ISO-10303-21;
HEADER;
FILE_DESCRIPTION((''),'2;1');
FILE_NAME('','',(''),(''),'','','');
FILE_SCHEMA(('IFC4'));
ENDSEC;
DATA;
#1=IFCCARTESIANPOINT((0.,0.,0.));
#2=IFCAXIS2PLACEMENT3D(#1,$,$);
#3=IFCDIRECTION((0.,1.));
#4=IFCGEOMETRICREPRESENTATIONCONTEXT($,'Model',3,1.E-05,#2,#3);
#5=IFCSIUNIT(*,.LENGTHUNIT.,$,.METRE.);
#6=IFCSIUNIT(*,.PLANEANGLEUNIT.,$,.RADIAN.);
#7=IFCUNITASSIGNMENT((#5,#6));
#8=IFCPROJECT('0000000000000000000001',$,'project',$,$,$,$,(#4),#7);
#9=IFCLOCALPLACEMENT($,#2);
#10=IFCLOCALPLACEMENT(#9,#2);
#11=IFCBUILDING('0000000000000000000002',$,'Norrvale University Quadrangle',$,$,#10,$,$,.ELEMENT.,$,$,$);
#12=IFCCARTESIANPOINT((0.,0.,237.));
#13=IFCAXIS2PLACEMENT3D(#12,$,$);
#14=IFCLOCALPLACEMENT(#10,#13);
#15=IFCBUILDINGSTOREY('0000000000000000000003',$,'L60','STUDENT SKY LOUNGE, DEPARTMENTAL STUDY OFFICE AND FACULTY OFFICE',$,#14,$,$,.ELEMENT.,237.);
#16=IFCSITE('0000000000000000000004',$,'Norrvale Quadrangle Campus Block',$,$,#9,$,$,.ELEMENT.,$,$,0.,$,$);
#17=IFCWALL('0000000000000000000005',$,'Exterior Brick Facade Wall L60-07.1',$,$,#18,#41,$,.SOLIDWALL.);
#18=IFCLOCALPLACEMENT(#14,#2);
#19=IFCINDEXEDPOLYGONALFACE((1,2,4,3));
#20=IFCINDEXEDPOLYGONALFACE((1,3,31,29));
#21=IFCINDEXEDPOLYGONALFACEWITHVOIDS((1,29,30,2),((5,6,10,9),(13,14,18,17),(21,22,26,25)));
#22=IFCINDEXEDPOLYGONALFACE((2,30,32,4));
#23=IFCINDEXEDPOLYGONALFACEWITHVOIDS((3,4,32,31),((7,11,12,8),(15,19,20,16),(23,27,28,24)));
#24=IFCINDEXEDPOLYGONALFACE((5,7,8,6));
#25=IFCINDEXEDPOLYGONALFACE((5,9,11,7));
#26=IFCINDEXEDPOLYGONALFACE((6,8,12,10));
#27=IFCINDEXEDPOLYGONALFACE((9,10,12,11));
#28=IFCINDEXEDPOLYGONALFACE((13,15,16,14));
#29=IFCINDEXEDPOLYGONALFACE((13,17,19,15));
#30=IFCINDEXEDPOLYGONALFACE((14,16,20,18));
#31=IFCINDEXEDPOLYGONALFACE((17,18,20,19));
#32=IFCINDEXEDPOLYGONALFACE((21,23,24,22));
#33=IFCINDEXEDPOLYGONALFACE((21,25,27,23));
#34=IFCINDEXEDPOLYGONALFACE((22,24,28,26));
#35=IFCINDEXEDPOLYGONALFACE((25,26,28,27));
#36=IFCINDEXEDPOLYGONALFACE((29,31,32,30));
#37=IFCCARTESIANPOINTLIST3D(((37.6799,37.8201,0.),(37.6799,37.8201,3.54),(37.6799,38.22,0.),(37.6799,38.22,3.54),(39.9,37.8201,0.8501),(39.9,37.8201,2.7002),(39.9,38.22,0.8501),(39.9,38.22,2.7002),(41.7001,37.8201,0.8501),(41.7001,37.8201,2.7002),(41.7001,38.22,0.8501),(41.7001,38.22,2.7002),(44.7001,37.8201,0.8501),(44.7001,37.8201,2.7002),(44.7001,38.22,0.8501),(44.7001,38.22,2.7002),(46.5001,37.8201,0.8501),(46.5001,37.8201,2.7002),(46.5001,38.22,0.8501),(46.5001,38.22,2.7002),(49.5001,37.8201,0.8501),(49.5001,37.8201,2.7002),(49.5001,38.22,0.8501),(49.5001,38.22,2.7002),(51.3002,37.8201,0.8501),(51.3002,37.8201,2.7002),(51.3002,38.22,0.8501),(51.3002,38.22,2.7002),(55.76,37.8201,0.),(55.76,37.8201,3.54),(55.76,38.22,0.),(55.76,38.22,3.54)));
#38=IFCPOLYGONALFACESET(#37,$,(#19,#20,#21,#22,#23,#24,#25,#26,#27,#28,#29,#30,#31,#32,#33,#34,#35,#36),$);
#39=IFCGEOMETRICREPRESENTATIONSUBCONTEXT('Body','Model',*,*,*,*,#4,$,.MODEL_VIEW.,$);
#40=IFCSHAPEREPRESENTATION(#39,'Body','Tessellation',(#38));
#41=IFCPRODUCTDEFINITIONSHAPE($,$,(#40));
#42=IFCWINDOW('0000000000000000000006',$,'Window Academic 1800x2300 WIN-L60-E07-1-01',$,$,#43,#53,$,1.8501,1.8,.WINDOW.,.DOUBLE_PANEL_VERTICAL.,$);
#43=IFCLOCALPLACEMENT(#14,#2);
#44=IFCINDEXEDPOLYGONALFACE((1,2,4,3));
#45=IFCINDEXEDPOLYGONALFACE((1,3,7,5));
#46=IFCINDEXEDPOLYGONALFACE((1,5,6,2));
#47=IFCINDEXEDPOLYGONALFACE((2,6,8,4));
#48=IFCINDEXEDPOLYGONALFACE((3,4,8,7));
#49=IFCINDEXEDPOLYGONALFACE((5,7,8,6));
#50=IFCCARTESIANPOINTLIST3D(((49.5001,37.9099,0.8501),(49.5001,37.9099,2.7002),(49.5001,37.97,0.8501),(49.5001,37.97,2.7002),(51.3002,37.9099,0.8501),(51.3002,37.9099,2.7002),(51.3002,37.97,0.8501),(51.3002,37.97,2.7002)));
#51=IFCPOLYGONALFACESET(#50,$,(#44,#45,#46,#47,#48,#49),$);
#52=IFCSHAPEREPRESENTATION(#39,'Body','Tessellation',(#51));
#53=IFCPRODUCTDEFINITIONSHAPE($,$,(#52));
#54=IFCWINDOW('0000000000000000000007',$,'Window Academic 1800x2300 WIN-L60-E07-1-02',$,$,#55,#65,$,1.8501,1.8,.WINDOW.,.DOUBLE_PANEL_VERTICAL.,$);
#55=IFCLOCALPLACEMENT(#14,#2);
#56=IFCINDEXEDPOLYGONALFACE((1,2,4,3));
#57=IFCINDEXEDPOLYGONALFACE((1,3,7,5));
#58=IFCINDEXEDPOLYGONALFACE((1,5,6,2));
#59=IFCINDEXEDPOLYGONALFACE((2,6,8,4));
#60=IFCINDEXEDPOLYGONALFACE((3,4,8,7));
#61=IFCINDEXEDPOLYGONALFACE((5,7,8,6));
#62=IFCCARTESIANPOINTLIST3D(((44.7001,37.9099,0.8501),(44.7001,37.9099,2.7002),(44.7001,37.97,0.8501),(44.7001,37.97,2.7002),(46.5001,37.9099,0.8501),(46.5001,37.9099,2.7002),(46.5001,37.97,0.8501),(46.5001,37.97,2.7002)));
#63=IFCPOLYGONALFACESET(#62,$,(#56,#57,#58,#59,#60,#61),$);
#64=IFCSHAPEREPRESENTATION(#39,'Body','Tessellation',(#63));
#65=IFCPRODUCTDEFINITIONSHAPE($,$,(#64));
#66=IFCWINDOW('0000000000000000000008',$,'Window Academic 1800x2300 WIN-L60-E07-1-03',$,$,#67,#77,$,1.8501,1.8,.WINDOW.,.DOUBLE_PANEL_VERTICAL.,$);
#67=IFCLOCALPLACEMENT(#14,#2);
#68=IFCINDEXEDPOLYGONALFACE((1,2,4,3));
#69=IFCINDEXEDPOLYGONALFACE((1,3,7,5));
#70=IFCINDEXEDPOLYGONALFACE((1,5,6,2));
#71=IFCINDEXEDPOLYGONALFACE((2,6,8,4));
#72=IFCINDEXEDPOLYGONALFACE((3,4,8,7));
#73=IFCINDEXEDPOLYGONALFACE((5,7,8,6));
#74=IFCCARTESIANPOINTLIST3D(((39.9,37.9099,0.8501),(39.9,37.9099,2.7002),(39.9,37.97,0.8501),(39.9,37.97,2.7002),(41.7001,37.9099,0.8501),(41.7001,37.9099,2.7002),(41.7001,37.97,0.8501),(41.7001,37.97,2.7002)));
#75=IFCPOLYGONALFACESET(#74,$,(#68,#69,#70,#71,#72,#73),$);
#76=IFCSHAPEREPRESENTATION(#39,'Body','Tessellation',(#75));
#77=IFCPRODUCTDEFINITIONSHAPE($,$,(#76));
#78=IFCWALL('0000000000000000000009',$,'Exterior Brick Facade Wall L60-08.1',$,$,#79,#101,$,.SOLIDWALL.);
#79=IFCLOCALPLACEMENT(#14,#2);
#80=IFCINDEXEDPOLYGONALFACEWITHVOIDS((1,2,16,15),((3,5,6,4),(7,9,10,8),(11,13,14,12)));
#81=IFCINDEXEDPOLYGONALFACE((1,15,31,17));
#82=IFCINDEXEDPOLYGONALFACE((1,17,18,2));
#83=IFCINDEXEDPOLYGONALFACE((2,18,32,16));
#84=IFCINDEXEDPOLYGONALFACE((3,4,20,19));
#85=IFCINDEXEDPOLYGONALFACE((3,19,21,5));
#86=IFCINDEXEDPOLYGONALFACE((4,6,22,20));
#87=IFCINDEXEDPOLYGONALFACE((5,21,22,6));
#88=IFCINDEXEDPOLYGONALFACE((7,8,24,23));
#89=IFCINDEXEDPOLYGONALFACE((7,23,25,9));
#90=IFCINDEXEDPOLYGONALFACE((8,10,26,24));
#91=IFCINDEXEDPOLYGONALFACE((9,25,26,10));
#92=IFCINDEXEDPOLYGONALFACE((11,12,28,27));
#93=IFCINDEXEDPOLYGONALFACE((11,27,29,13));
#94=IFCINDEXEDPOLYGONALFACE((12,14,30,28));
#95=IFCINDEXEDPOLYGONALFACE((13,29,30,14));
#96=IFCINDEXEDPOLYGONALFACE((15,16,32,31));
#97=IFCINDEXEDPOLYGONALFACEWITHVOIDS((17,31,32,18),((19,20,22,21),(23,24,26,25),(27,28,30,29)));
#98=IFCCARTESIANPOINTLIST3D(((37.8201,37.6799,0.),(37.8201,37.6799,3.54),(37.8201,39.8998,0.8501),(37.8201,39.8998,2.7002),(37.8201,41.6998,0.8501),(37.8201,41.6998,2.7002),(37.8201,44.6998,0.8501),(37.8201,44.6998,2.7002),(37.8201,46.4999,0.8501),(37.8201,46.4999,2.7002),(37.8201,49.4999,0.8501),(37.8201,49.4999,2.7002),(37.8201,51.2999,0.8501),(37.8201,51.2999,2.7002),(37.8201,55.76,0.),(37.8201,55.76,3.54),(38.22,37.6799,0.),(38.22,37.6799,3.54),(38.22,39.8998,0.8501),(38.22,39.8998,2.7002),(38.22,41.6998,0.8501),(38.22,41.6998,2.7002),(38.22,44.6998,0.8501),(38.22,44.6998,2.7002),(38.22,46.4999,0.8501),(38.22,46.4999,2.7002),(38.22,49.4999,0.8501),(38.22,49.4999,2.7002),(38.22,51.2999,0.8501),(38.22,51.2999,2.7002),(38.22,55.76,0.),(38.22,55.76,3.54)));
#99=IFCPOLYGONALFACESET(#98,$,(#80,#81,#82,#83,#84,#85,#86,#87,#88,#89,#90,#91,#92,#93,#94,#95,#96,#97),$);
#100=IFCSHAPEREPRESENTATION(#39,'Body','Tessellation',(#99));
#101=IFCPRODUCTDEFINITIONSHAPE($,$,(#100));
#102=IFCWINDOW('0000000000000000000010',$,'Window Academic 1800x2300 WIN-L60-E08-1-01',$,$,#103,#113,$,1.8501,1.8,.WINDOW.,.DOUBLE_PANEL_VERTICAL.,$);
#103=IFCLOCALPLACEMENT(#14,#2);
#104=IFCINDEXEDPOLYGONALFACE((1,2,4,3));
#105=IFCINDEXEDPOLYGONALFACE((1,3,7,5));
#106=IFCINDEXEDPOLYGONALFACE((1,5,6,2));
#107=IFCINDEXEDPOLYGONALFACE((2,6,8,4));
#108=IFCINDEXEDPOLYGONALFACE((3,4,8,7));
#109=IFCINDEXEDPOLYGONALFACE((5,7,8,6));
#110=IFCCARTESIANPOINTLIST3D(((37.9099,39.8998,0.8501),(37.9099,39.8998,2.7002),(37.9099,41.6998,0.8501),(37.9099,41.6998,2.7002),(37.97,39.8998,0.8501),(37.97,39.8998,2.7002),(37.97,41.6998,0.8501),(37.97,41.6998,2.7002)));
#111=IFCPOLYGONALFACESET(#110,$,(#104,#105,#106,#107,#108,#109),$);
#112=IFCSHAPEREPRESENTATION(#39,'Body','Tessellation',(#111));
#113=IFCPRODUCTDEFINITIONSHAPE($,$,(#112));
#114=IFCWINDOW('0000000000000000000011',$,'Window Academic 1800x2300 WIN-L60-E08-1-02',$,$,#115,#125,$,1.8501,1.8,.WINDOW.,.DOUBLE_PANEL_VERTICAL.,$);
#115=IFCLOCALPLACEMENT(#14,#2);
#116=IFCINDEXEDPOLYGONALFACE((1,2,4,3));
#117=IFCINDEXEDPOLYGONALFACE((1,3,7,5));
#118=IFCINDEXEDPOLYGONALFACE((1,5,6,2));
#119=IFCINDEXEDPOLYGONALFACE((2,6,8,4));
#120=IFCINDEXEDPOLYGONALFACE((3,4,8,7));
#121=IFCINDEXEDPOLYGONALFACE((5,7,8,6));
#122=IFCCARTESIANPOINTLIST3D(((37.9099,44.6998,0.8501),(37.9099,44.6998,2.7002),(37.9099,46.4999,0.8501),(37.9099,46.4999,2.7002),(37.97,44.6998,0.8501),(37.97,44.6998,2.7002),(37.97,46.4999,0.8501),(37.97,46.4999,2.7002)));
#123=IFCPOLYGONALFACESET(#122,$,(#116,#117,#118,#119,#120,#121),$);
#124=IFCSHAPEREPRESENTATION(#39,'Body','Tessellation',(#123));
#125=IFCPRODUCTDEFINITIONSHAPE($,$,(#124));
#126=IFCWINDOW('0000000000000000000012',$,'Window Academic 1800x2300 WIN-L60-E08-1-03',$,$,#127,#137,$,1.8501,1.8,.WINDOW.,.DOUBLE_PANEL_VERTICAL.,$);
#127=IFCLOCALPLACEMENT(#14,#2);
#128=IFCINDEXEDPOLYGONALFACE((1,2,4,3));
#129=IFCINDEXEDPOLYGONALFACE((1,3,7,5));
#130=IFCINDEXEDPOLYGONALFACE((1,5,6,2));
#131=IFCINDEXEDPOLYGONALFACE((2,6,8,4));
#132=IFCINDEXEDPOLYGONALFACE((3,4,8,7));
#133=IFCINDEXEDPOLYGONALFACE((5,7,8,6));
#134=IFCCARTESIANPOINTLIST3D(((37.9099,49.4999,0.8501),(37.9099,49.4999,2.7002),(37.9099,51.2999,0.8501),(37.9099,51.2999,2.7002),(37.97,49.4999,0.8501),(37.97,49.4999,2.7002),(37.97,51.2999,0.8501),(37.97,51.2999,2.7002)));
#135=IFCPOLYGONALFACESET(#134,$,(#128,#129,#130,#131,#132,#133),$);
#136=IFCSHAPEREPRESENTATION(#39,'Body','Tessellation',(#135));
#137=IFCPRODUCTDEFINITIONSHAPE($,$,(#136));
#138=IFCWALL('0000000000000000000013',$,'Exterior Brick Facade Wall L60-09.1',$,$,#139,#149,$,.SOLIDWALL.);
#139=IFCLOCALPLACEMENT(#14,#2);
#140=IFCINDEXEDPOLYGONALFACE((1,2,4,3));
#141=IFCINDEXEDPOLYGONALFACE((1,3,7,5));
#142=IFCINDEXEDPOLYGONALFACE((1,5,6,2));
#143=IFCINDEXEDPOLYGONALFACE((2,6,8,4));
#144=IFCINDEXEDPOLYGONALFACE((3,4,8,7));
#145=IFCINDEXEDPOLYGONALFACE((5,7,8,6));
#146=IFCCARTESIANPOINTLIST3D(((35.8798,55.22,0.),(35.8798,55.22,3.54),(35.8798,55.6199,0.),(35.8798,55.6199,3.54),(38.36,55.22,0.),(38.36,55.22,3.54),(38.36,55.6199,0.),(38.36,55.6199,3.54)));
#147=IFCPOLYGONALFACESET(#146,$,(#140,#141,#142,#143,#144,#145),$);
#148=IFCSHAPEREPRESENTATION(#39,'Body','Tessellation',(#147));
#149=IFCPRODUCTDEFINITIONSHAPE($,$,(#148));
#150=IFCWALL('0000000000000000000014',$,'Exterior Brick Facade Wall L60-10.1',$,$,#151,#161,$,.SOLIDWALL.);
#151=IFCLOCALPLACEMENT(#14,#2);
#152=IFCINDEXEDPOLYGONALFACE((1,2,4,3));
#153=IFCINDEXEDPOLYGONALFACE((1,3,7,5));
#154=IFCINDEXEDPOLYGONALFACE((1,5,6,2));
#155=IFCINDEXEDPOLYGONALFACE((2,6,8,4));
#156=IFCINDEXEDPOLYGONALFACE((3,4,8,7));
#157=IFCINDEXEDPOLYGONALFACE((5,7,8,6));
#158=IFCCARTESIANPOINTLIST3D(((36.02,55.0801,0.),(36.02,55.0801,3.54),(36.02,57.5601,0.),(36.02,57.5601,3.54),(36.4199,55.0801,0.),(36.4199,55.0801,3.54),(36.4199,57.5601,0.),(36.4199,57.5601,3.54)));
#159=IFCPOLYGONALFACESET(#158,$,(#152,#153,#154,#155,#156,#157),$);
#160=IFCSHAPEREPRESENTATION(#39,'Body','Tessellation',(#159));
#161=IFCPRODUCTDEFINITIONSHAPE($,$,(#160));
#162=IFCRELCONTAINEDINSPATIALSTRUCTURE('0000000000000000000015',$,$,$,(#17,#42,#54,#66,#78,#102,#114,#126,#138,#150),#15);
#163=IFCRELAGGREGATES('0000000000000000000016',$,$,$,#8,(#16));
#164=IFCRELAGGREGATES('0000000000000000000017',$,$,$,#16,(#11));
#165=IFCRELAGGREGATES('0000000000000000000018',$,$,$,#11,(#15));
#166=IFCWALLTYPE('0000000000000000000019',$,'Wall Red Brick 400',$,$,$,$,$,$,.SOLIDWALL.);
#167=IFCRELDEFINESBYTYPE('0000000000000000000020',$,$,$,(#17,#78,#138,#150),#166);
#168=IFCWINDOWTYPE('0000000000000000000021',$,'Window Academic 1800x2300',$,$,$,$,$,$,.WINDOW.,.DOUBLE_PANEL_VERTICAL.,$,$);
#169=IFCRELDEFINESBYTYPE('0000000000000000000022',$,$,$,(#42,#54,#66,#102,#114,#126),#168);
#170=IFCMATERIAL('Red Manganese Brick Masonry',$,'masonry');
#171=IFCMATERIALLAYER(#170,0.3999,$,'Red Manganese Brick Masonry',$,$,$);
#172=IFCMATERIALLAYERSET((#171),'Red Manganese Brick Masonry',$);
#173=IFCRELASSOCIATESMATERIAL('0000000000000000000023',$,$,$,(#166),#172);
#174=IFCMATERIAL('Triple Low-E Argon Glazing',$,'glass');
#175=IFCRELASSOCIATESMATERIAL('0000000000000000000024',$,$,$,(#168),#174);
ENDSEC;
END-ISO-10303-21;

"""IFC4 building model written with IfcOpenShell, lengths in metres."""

from ifc_helpers import new_model, si_unit, direction, frame, frame_2d, origin, place, context, subcontext, project, spatial, rectangle, extrude, material, layer, layer_set, type_object, element, fill, save


model = new_model("IFC4")

# Units and contexts
model_context = context("Model", 3, precision=1e-05, world=origin(), true_north=direction((0.0, 1.0)))
body_context = subcontext(model_context, "Body", "Model", "MODEL_VIEW")
ifc_project = project(units=[si_unit("LENGTHUNIT", "METRE"), si_unit("PLANEANGLEUNIT", "RADIAN")], contexts=[model_context])

# Site, building, storey
site_placement = place(None, origin())
site = spatial("IfcSite", under=ifc_project, at=site_placement, Name="Norrvale Quadrangle Campus Block", CompositionType="ELEMENT", RefElevation=0.0)
building_placement = place(site_placement, origin())
building = spatial("IfcBuilding", under=site, at=building_placement, Name="Norrvale University Quadrangle", CompositionType="ELEMENT")
storey_placement = place(building_placement, frame((0.0, 0.0, 237.0)))
storey = spatial("IfcBuildingStorey", under=building, at=storey_placement, Name="L60", Description="STUDENT SKY LOUNGE, DEPARTMENTAL STUDY OFFICE AND FACULTY OFFICE", CompositionType="ELEMENT", Elevation=237.0)

# Shared definitions
ifc_material_1 = material(Name="Red Manganese Brick Masonry", Category="masonry")
ifc_layer_1 = layer(ifc_material_1, 0.3999, Name="Red Manganese Brick Masonry")
ifc_layer_set_1 = layer_set([ifc_layer_1], Name="Red Manganese Brick Masonry")
wall_type_1 = type_object("IfcWallType", Name="Wall Red Brick 400", PredefinedType="SOLIDWALL", material=ifc_layer_set_1)

# Walls, openings, windows
wall_1_placement = place(storey_placement, frame((55.76, 38.02, 0.0), z_axis=(0.0, 0.0, 1.0), x_axis=(-1.0, 0.0, 0.0)))
wall_1 = element("IfcWall", 1, at=wall_1_placement, inside=storey, type_object=wall_type_1, Name="Exterior Brick Facade Wall L60-07.1", PredefinedType="SOLIDWALL", context=body_context, shape_type="SweptSolid", body=[
    extrude(rectangle(XDim=18.0801, YDim=0.3999, at=frame_2d((9.04, 0.0))), origin(), (0.0, 0.0, 1.0), 3.54),
])
opening_1_placement = place(wall_1_placement, frame((4.46, 0.0, 0.8501)))
opening_1 = element("IfcOpeningElement", 2, at=opening_1_placement, cuts=wall_1, PredefinedType="OPENING", context=body_context, shape_type="SweptSolid", body=[
    extrude(rectangle(XDim=1.8, YDim=1.8501, at=frame_2d((0.8999, 0.925))), frame((0.0, 0.2119, 0.0), z_axis=(0.0, -1.0, 0.0), x_axis=(1.0, 0.0, 0.0)), (0.0, 0.0, 1.0), 0.4238),
])
opening_2_placement = place(wall_1_placement, frame((9.26, 0.0, 0.8501)))
opening_2 = element("IfcOpeningElement", 3, at=opening_2_placement, cuts=wall_1, PredefinedType="OPENING", context=body_context, shape_type="SweptSolid", body=[
    extrude(rectangle(XDim=1.8, YDim=1.8501, at=frame_2d((0.8999, 0.925))), frame((0.0, 0.2119, 0.0), z_axis=(0.0, -1.0, 0.0), x_axis=(1.0, 0.0, 0.0)), (0.0, 0.0, 1.0), 0.4238),
])
opening_3_placement = place(wall_1_placement, frame((14.0601, 0.0, 0.8501)))
opening_3 = element("IfcOpeningElement", 4, at=opening_3_placement, cuts=wall_1, PredefinedType="OPENING", context=body_context, shape_type="SweptSolid", body=[
    extrude(rectangle(XDim=1.8, YDim=1.8501, at=frame_2d((0.8999, 0.925))), frame((0.0, 0.2119, 0.0), z_axis=(0.0, -1.0, 0.0), x_axis=(1.0, 0.0, 0.0)), (0.0, 0.0, 1.0), 0.4238),
])
ifc_material_2 = material(Name="Triple Low-E Argon Glazing", Category="glass")
window_type_1 = type_object("IfcWindowType", Name="Window Academic 1800x2300", PartitioningType="DOUBLE_PANEL_VERTICAL", PredefinedType="WINDOW", material=ifc_material_2)
window_1_placement = place(opening_1_placement, origin())
window_1 = element("IfcWindow", 5, at=window_1_placement, inside=storey, type_object=window_type_1, Name="Window Academic 1800x2300 WIN-L60-E07-1-01", OverallHeight=1.8501, OverallWidth=1.8, PartitioningType="DOUBLE_PANEL_VERTICAL", PredefinedType="WINDOW", context=body_context, shape_type="SweptSolid", body=[
    extrude(rectangle(XDim=1.8, YDim=1.8501, at=frame_2d((0.8999, 0.925))), frame((0.0, 0.1101, 0.0), z_axis=(0.0, -1.0, 0.0), x_axis=(1.0, 0.0, 0.0)), (0.0, 0.0, 1.0), 0.0601),
])
fill(opening_1, window_1)
window_2_placement = place(opening_2_placement, origin())
window_2 = element("IfcWindow", 6, at=window_2_placement, inside=storey, type_object=window_type_1, Name="Window Academic 1800x2300 WIN-L60-E07-1-02", OverallHeight=1.8501, OverallWidth=1.8, PartitioningType="DOUBLE_PANEL_VERTICAL", PredefinedType="WINDOW", context=body_context, shape_type="SweptSolid", body=[
    extrude(rectangle(XDim=1.8, YDim=1.8501, at=frame_2d((0.8999, 0.925))), frame((0.0, 0.1101, 0.0), z_axis=(0.0, -1.0, 0.0), x_axis=(1.0, 0.0, 0.0)), (0.0, 0.0, 1.0), 0.0601),
])
fill(opening_2, window_2)
window_3_placement = place(opening_3_placement, origin())
window_3 = element("IfcWindow", 7, at=window_3_placement, inside=storey, type_object=window_type_1, Name="Window Academic 1800x2300 WIN-L60-E07-1-03", OverallHeight=1.8501, OverallWidth=1.8, PartitioningType="DOUBLE_PANEL_VERTICAL", PredefinedType="WINDOW", context=body_context, shape_type="SweptSolid", body=[
    extrude(rectangle(XDim=1.8, YDim=1.8501, at=frame_2d((0.8999, 0.925))), frame((0.0, 0.1101, 0.0), z_axis=(0.0, -1.0, 0.0), x_axis=(1.0, 0.0, 0.0)), (0.0, 0.0, 1.0), 0.0601),
])
fill(opening_3, window_3)
wall_2_placement = place(storey_placement, frame((38.02, 37.6799, 0.0), z_axis=(0.0, 0.0, 1.0), x_axis=(0.0, 1.0, 0.0)))
wall_2 = element("IfcWall", 8, at=wall_2_placement, inside=storey, type_object=wall_type_1, Name="Exterior Brick Facade Wall L60-08.1", PredefinedType="SOLIDWALL", context=body_context, shape_type="SweptSolid", body=[
    extrude(rectangle(XDim=18.0801, YDim=0.3999, at=frame_2d((9.04, 0.0))), origin(), (0.0, 0.0, 1.0), 3.54),
])
opening_4_placement = place(wall_2_placement, frame((2.22, 0.0, 0.8501)))
opening_4 = element("IfcOpeningElement", 9, at=opening_4_placement, cuts=wall_2, PredefinedType="OPENING", context=body_context, shape_type="SweptSolid", body=[
    extrude(rectangle(XDim=1.8, YDim=1.8501, at=frame_2d((0.8999, 0.925))), frame((0.0, 0.2119, 0.0), z_axis=(0.0, -1.0, 0.0), x_axis=(1.0, 0.0, 0.0)), (0.0, 0.0, 1.0), 0.4238),
])
opening_5_placement = place(wall_2_placement, frame((7.02, 0.0, 0.8501)))
opening_5 = element("IfcOpeningElement", 10, at=opening_5_placement, cuts=wall_2, PredefinedType="OPENING", context=body_context, shape_type="SweptSolid", body=[
    extrude(rectangle(XDim=1.8, YDim=1.8501, at=frame_2d((0.8999, 0.925))), frame((0.0, 0.2119, 0.0), z_axis=(0.0, -1.0, 0.0), x_axis=(1.0, 0.0, 0.0)), (0.0, 0.0, 1.0), 0.4238),
])
opening_6_placement = place(wall_2_placement, frame((11.8201, 0.0, 0.8501)))
opening_6 = element("IfcOpeningElement", 11, at=opening_6_placement, cuts=wall_2, PredefinedType="OPENING", context=body_context, shape_type="SweptSolid", body=[
    extrude(rectangle(XDim=1.8, YDim=1.8501, at=frame_2d((0.8999, 0.925))), frame((0.0, 0.2119, 0.0), z_axis=(0.0, -1.0, 0.0), x_axis=(1.0, 0.0, 0.0)), (0.0, 0.0, 1.0), 0.4238),
])
window_4_placement = place(opening_4_placement, origin())
window_4 = element("IfcWindow", 12, at=window_4_placement, inside=storey, type_object=window_type_1, Name="Window Academic 1800x2300 WIN-L60-E08-1-01", OverallHeight=1.8501, OverallWidth=1.8, PartitioningType="DOUBLE_PANEL_VERTICAL", PredefinedType="WINDOW", context=body_context, shape_type="SweptSolid", body=[
    extrude(rectangle(XDim=1.8, YDim=1.8501, at=frame_2d((0.8999, 0.925))), frame((0.0, 0.1101, 0.0), z_axis=(0.0, -1.0, 0.0), x_axis=(1.0, 0.0, 0.0)), (0.0, 0.0, 1.0), 0.0601),
])
fill(opening_4, window_4)
window_5_placement = place(opening_5_placement, origin())
window_5 = element("IfcWindow", 13, at=window_5_placement, inside=storey, type_object=window_type_1, Name="Window Academic 1800x2300 WIN-L60-E08-1-02", OverallHeight=1.8501, OverallWidth=1.8, PartitioningType="DOUBLE_PANEL_VERTICAL", PredefinedType="WINDOW", context=body_context, shape_type="SweptSolid", body=[
    extrude(rectangle(XDim=1.8, YDim=1.8501, at=frame_2d((0.8999, 0.925))), frame((0.0, 0.1101, 0.0), z_axis=(0.0, -1.0, 0.0), x_axis=(1.0, 0.0, 0.0)), (0.0, 0.0, 1.0), 0.0601),
])
fill(opening_5, window_5)
window_6_placement = place(opening_6_placement, origin())
window_6 = element("IfcWindow", 14, at=window_6_placement, inside=storey, type_object=window_type_1, Name="Window Academic 1800x2300 WIN-L60-E08-1-03", OverallHeight=1.8501, OverallWidth=1.8, PartitioningType="DOUBLE_PANEL_VERTICAL", PredefinedType="WINDOW", context=body_context, shape_type="SweptSolid", body=[
    extrude(rectangle(XDim=1.8, YDim=1.8501, at=frame_2d((0.8999, 0.925))), frame((0.0, 0.1101, 0.0), z_axis=(0.0, -1.0, 0.0), x_axis=(1.0, 0.0, 0.0)), (0.0, 0.0, 1.0), 0.0601),
])
fill(opening_6, window_6)

# Walls
wall_3_placement = place(storey_placement, frame((38.3601, 55.4199, 0.0), z_axis=(0.0, 0.0, 1.0), x_axis=(-1.0, 0.0, 0.0)))
element("IfcWall", 15, at=wall_3_placement, inside=storey, type_object=wall_type_1, Name="Exterior Brick Facade Wall L60-09.1", PredefinedType="SOLIDWALL", context=body_context, shape_type="SweptSolid", body=[
    extrude(rectangle(XDim=2.4802, YDim=0.3999, at=frame_2d((1.2402, 0.0))), origin(), (0.0, 0.0, 1.0), 3.54),
])
wall_4_placement = place(storey_placement, frame((36.22, 55.0801, 0.0), z_axis=(0.0, 0.0, 1.0), x_axis=(0.0, 1.0, 0.0)))
element("IfcWall", 16, at=wall_4_placement, inside=storey, type_object=wall_type_1, Name="Exterior Brick Facade Wall L60-10.1", PredefinedType="SOLIDWALL", context=body_context, shape_type="SweptSolid", body=[
    extrude(rectangle(XDim=2.48, YDim=0.3999, at=frame_2d((1.24, 0.0))), origin(), (0.0, 0.0, 1.0), 3.54),
])

save(model, "model.ifc")
